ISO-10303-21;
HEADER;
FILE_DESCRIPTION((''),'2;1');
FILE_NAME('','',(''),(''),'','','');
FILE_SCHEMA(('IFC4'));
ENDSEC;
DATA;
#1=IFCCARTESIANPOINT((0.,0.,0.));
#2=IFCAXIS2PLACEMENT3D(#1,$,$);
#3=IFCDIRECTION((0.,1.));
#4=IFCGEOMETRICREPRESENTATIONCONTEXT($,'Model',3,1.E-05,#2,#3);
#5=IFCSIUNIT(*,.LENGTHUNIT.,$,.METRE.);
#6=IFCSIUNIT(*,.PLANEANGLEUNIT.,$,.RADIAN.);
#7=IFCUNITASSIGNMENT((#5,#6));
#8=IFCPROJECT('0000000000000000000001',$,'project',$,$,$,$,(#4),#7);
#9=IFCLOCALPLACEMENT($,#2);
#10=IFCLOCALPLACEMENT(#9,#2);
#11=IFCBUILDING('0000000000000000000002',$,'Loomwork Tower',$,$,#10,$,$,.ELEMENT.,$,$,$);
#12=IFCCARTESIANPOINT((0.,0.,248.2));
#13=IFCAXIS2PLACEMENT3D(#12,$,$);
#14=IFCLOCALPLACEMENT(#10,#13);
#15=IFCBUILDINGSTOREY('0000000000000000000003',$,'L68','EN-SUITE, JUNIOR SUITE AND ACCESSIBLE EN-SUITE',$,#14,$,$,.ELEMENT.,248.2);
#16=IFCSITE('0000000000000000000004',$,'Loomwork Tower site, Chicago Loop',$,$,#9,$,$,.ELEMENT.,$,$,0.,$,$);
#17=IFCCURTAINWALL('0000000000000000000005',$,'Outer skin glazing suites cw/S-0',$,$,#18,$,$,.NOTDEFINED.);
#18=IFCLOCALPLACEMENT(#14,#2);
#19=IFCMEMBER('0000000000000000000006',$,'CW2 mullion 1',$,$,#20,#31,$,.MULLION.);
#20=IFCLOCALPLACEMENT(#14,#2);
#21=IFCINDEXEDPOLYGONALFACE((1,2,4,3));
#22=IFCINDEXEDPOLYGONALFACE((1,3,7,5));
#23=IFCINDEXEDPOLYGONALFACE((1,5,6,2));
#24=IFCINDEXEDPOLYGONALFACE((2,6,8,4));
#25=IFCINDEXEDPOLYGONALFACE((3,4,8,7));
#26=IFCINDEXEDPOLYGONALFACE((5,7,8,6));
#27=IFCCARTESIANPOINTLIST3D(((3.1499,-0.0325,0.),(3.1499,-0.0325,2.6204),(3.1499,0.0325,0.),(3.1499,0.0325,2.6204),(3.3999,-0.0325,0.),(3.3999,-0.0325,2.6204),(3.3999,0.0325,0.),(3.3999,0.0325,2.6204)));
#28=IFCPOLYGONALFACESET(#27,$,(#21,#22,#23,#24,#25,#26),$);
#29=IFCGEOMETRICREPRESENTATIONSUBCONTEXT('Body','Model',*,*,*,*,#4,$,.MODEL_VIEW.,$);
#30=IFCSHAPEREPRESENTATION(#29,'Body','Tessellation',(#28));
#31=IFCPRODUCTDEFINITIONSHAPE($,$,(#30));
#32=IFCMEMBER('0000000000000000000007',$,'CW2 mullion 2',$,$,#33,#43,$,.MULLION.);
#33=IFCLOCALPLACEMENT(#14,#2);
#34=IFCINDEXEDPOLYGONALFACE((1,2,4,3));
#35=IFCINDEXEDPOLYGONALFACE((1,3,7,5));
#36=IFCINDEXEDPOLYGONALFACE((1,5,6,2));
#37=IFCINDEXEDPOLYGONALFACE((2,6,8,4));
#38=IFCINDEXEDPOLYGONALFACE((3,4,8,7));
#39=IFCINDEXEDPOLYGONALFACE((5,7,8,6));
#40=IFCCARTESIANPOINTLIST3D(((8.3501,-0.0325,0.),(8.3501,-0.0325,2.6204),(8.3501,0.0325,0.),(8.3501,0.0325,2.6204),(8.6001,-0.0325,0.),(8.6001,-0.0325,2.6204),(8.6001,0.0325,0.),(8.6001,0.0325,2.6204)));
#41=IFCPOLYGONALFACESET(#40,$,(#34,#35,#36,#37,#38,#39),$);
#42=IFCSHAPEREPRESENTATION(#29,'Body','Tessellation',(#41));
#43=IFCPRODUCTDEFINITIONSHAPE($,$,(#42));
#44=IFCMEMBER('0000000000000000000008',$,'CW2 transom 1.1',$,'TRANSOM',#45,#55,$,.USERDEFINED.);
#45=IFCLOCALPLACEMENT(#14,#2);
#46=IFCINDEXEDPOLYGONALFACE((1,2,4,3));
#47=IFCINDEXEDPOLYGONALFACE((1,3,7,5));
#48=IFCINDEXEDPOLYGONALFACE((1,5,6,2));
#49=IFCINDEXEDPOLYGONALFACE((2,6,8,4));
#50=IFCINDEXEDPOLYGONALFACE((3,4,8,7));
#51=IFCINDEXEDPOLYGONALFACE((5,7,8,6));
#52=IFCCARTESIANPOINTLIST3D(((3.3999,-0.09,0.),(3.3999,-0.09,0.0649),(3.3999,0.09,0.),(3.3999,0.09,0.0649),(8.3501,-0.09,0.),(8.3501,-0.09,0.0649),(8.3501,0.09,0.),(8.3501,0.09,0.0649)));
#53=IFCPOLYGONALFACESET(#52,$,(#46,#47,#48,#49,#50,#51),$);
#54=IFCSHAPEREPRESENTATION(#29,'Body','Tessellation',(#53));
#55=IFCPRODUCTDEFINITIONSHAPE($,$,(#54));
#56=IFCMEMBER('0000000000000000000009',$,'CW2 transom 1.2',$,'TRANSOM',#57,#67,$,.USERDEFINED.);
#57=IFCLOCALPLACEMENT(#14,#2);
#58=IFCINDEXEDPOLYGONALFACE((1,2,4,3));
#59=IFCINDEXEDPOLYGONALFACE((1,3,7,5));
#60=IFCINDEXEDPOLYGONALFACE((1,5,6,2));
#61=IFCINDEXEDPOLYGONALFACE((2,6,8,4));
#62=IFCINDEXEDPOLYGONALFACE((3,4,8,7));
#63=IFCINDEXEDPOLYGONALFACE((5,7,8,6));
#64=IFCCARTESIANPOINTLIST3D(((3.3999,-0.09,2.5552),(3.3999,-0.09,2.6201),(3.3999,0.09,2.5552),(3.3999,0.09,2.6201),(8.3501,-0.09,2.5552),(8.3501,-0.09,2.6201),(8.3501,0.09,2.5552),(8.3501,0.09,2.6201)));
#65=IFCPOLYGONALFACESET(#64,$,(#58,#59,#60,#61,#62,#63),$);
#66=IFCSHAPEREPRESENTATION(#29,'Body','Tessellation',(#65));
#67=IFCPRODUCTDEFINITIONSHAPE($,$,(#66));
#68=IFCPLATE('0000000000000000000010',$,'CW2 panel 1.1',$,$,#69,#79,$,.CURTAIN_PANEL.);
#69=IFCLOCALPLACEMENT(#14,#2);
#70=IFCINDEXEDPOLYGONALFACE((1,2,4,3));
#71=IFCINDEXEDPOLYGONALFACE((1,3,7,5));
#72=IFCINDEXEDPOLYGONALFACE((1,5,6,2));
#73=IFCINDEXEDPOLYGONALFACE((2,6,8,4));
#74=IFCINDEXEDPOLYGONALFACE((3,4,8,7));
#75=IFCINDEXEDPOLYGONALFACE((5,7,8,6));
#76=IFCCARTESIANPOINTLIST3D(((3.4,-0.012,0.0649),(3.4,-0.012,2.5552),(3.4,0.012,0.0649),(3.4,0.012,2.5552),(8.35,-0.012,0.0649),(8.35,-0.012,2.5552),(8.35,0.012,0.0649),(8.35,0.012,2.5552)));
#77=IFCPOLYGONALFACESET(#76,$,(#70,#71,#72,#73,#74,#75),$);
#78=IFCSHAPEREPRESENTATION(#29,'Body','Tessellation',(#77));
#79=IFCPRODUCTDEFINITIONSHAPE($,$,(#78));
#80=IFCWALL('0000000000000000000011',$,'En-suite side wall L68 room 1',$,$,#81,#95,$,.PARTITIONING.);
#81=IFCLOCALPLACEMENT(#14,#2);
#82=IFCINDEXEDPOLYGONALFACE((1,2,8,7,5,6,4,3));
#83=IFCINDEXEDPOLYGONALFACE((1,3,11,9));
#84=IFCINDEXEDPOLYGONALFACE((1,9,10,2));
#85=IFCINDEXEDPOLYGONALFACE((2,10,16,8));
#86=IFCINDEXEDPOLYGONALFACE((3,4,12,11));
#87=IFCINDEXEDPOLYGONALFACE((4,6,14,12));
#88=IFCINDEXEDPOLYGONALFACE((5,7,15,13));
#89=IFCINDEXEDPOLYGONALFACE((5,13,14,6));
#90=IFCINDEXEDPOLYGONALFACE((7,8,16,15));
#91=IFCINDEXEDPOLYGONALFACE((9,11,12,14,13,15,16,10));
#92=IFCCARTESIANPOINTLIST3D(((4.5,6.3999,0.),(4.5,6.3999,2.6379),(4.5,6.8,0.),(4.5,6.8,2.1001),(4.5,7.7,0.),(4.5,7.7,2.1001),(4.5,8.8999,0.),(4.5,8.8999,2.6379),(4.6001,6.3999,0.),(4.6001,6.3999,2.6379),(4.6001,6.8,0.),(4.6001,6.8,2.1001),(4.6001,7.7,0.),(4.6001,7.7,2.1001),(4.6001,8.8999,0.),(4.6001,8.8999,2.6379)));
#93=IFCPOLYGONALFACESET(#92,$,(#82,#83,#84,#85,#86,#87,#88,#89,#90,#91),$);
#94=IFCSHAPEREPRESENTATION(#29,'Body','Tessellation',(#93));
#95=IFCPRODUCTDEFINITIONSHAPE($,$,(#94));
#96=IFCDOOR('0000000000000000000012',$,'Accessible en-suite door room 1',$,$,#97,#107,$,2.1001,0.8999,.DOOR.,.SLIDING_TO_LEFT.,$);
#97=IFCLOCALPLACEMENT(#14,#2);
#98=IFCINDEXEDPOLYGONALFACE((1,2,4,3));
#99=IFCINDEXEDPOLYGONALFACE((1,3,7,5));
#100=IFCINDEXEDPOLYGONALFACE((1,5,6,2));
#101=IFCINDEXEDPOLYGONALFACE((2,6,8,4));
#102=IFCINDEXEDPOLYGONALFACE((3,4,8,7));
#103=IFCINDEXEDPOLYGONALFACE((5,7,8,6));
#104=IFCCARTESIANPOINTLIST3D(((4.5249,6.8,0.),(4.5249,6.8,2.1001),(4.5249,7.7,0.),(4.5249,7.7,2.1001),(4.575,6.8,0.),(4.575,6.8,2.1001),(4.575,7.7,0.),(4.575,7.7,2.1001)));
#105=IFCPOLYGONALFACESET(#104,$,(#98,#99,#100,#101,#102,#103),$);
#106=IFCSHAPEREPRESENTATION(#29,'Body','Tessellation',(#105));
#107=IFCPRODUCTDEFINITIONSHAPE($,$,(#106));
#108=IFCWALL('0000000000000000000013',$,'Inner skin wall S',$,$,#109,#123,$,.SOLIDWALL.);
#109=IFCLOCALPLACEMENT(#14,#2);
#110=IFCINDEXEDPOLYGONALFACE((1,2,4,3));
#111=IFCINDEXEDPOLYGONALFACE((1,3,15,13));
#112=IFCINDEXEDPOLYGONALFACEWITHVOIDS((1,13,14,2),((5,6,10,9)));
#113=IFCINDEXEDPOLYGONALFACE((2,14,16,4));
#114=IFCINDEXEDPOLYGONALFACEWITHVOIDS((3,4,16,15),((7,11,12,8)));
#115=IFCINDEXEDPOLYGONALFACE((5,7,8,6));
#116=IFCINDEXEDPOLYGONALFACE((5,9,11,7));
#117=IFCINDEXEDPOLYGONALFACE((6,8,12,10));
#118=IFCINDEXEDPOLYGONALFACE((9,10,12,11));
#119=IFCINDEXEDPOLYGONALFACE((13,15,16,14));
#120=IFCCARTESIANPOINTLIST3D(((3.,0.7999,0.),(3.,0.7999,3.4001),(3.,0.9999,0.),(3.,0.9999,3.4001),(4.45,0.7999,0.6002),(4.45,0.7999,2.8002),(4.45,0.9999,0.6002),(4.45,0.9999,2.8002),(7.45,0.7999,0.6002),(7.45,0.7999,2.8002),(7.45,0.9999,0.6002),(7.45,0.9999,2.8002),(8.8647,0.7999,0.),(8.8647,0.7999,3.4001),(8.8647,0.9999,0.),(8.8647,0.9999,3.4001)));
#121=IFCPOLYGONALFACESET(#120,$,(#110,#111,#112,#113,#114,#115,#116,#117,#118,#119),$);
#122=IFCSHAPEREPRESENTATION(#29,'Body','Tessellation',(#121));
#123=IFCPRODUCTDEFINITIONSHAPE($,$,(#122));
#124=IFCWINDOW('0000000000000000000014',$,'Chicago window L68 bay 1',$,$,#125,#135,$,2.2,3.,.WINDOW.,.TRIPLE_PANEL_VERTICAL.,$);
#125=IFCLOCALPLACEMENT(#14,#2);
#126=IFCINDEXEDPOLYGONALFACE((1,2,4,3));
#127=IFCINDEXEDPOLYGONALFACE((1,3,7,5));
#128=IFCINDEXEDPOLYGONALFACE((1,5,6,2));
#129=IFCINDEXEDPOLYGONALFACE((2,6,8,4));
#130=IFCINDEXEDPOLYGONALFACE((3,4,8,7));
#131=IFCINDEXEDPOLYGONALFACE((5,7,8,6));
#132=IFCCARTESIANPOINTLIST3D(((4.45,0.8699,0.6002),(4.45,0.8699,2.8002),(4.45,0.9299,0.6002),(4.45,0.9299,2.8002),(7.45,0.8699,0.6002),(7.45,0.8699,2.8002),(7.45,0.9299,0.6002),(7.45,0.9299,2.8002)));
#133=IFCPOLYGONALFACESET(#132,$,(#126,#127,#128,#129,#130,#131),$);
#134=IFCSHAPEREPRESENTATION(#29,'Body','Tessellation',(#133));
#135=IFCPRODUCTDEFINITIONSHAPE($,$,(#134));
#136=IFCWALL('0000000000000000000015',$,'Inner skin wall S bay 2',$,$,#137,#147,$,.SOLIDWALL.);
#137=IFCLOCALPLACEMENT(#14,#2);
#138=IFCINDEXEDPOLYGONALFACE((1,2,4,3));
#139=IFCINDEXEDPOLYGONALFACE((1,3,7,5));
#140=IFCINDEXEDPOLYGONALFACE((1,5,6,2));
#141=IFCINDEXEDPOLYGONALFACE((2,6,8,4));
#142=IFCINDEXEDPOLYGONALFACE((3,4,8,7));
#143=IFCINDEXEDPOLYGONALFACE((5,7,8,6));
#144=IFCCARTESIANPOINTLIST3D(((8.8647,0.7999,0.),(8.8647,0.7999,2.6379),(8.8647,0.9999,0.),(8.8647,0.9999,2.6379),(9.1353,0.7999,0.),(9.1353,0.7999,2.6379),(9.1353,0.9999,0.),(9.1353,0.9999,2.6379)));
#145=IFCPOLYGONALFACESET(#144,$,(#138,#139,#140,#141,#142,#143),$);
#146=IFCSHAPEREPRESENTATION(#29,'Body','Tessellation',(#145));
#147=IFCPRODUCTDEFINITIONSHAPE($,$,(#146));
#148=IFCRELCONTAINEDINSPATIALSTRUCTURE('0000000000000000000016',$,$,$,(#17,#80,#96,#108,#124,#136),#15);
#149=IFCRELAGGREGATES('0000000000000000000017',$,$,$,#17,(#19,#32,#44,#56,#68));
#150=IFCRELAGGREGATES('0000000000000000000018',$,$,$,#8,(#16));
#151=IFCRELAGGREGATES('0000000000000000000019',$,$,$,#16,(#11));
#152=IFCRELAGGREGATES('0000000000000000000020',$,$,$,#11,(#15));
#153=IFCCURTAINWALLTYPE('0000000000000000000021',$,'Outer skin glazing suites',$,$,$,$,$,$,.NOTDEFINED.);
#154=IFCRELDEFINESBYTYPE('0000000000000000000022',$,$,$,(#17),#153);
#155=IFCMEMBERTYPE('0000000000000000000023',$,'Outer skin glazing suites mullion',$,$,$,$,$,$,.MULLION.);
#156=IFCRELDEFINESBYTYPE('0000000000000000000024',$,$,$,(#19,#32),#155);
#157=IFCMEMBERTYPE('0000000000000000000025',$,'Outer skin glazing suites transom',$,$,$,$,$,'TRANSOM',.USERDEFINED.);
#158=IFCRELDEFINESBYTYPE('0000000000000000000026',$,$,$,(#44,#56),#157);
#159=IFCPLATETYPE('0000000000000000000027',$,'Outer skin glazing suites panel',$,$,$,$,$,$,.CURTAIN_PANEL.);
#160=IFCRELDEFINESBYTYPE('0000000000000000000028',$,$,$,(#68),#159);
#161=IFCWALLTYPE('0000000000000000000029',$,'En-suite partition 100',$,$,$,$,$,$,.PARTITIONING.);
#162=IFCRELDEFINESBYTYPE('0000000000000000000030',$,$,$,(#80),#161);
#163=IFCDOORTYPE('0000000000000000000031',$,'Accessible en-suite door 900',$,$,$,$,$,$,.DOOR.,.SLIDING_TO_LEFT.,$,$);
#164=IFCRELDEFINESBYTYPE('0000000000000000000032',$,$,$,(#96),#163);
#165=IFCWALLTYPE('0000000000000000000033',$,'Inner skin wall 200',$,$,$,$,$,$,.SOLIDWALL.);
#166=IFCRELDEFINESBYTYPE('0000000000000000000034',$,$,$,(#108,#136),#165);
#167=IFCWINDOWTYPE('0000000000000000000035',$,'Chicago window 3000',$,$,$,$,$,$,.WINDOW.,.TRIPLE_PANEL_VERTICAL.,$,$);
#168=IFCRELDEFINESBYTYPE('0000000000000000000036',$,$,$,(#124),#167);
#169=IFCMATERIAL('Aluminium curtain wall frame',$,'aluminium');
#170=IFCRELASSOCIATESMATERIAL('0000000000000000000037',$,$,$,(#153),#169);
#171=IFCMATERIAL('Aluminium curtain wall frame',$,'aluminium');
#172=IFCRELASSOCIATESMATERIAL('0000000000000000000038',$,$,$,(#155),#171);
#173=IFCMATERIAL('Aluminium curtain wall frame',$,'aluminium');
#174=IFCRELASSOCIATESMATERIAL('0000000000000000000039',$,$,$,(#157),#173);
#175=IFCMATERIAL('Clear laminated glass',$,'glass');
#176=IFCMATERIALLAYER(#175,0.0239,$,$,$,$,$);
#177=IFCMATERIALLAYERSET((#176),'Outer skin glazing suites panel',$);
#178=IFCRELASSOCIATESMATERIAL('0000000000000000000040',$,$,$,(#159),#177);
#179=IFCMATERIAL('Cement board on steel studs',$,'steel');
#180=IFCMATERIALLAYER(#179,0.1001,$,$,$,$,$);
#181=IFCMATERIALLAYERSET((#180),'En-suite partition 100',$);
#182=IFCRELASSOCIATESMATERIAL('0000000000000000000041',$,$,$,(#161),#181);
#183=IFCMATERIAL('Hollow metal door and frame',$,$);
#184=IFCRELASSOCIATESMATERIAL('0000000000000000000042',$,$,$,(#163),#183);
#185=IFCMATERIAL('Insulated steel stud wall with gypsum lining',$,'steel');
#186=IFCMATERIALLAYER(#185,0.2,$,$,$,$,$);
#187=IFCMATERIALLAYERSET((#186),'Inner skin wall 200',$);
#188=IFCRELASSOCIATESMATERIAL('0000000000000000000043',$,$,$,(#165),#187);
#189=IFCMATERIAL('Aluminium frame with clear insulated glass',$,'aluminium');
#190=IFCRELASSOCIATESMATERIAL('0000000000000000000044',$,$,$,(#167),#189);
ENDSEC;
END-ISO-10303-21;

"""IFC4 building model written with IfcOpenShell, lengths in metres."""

from ifc_helpers import new_model, si_unit, direction, frame, frame_2d, origin, origin_2d, place, context, subcontext, project, spatial, rectangle, extrude, material, layer, layer_set, material_profile, profile_set, type_object, element, fill, aggregate, save


model = new_model("IFC4")

# Units and contexts
model_context = context("Model", 3, precision=1e-05, world=origin(), true_north=direction((0.0, 1.0)))
body_context = subcontext(model_context, "Body", "Model", "MODEL_VIEW")
ifc_project = project(units=[si_unit("LENGTHUNIT", "METRE"), si_unit("PLANEANGLEUNIT", "RADIAN")], contexts=[model_context])

# Site, building, storey
site_placement = place(None, origin())
site = spatial("IfcSite", under=ifc_project, at=site_placement, Name="Loomwork Tower site, Chicago Loop", CompositionType="ELEMENT", RefElevation=0.0)
building_placement = place(site_placement, origin())
building = spatial("IfcBuilding", under=site, at=building_placement, Name="Loomwork Tower", CompositionType="ELEMENT")
storey_placement = place(building_placement, frame((0.0, 0.0, 248.2)))
storey = spatial("IfcBuildingStorey", under=building, at=storey_placement, Name="L68", Description="EN-SUITE, JUNIOR SUITE AND ACCESSIBLE EN-SUITE", CompositionType="ELEMENT", Elevation=248.2)

# Curtain wall, members, plate
ifc_material_1 = material(Name="Aluminium curtain wall frame", Category="aluminium")
curtain_wall_type = type_object("IfcCurtainWallType", Name="Outer skin glazing suites", PredefinedType="NOTDEFINED", material=ifc_material_1)
curtain_wall_placement = place(storey_placement, origin())
curtain_wall = element("IfcCurtainWall", 1, at=curtain_wall_placement, inside=storey, type_object=curtain_wall_type, Name="Outer skin glazing suites cw/S-0", PredefinedType="NOTDEFINED")
ifc_material_2 = material(Name="Aluminium curtain wall frame", Category="aluminium")
ifc_material_profile_1 = material_profile(ifc_material_2, rectangle(XDim=0.0649, YDim=0.25, at=origin_2d()), Name="AL 65x250")
ifc_profile_set_1 = profile_set([ifc_material_profile_1], Name="Aluminium curtain wall frame")
member_type_1 = type_object("IfcMemberType", Name="Outer skin glazing suites mullion", PredefinedType="MULLION", material=ifc_profile_set_1)
member_1_placement = place(storey_placement, frame((3.2749, 0.0, 0.0), z_axis=(0.0, 0.0, 1.0), x_axis=(0.0, 1.0, 0.0)))
member_1 = element("IfcMember", 2, at=member_1_placement, type_object=member_type_1, Name="CW2 mullion 1", PredefinedType="MULLION", context=body_context, shape_type="SweptSolid", body=[
    extrude(rectangle(XDim=0.0649, YDim=0.25, at=origin_2d()), origin(), (0.0, 0.0, 1.0), 2.6204),
])
member_2_placement = place(storey_placement, frame((8.4751, 0.0, 0.0), z_axis=(0.0, 0.0, 1.0), x_axis=(0.0, 1.0, 0.0)))
member_2 = element("IfcMember", 3, at=member_2_placement, type_object=member_type_1, Name="CW2 mullion 2", PredefinedType="MULLION", context=body_context, shape_type="SweptSolid", body=[
    extrude(rectangle(XDim=0.0649, YDim=0.25, at=origin_2d()), origin(), (0.0, 0.0, 1.0), 2.6204),
])
ifc_material_3 = material(Name="Aluminium curtain wall frame", Category="aluminium")
ifc_material_profile_2 = material_profile(ifc_material_3, rectangle(XDim=0.1799, YDim=0.0649, at=origin_2d()), Name="AL 65x180")
ifc_profile_set_2 = profile_set([ifc_material_profile_2], Name="Aluminium curtain wall frame")
member_type_2 = type_object("IfcMemberType", Name="Outer skin glazing suites transom", ElementType="TRANSOM", PredefinedType="USERDEFINED", material=ifc_profile_set_2)
member_3_placement = place(storey_placement, frame((3.3999, 0.0, 0.0325), z_axis=(1.0, 0.0, 0.0), x_axis=(0.0, 1.0, 0.0)))
member_3 = element("IfcMember", 4, at=member_3_placement, type_object=member_type_2, Name="CW2 transom 1.1", ObjectType="TRANSOM", PredefinedType="USERDEFINED", context=body_context, shape_type="SweptSolid", body=[
    extrude(rectangle(XDim=0.1799, YDim=0.0649, at=origin_2d()), origin(), (0.0, 0.0, 1.0), 4.9502),
])
member_4_placement = place(storey_placement, frame((3.3999, 0.0, 2.5876), z_axis=(1.0, 0.0, 0.0), x_axis=(0.0, 1.0, 0.0)))
member_4 = element("IfcMember", 5, at=member_4_placement, type_object=member_type_2, Name="CW2 transom 1.2", ObjectType="TRANSOM", PredefinedType="USERDEFINED", context=body_context, shape_type="SweptSolid", body=[
    extrude(rectangle(XDim=0.1799, YDim=0.0649, at=origin_2d()), origin(), (0.0, 0.0, 1.0), 4.9502),
])
ifc_material_4 = material(Name="Clear laminated glass", Category="glass")
ifc_layer_1 = layer(ifc_material_4, 0.0239)
ifc_layer_set_1 = layer_set([ifc_layer_1], Name="Outer skin glazing suites panel")
plate_type = type_object("IfcPlateType", Name="Outer skin glazing suites panel", PredefinedType="CURTAIN_PANEL", material=ifc_layer_set_1)
plate_placement = place(storey_placement, frame((5.875, 0.0, 0.0649), z_axis=(0.0, 0.0, 1.0), x_axis=(1.0, 0.0, 0.0)))
plate = element("IfcPlate", 6, at=plate_placement, type_object=plate_type, Name="CW2 panel 1.1", PredefinedType="CURTAIN_PANEL", context=body_context, shape_type="SweptSolid", body=[
    extrude(rectangle(XDim=4.95, YDim=0.0239, at=origin_2d()), origin(), (0.0, 0.0, 1.0), 2.4902),
])
aggregate(curtain_wall, [member_1, member_2, member_3, member_4, plate])

# Wall, opening, door
ifc_material_5 = material(Name="Cement board on steel studs", Category="steel")
ifc_layer_2 = layer(ifc_material_5, 0.1001)
ifc_layer_set_2 = layer_set([ifc_layer_2], Name="En-suite partition 100")
wall_type_1 = type_object("IfcWallType", Name="En-suite partition 100", PredefinedType="PARTITIONING", material=ifc_layer_set_2)
wall_1_placement = place(storey_placement, frame((4.55, 8.8999, 0.0), z_axis=(0.0, 0.0, 1.0), x_axis=(0.0, -1.0, 0.0)))
wall_1 = element("IfcWall", 7, at=wall_1_placement, inside=storey, type_object=wall_type_1, Name="En-suite side wall L68 room 1", PredefinedType="PARTITIONING", context=body_context, shape_type="SweptSolid", body=[
    extrude(rectangle(XDim=2.5, YDim=0.1001, at=frame_2d((1.25, 0.0))), origin(), (0.0, 0.0, 1.0), 2.6379),
])
opening_1_placement = place(wall_1_placement, frame((1.2, 0.0, 0.0)))
opening_1 = element("IfcOpeningElement", 8, at=opening_1_placement, cuts=wall_1, PredefinedType="OPENING", context=body_context, shape_type="SweptSolid", body=[
    extrude(rectangle(XDim=0.8999, YDim=2.1001, at=frame_2d((0.45, 1.05))), frame((0.0, 0.0601, 0.0), z_axis=(0.0, -1.0, 0.0), x_axis=(1.0, 0.0, 0.0)), (0.0, 0.0, 1.0), 0.1201),
])
ifc_material_6 = material(Name="Hollow metal door and frame")
door_type = type_object("IfcDoorType", Name="Accessible en-suite door 900", OperationType="SLIDING_TO_LEFT", PredefinedType="DOOR", material=ifc_material_6)
door_placement = place(opening_1_placement, origin())
door = element("IfcDoor", 9, at=door_placement, inside=storey, type_object=door_type, Name="Accessible en-suite door room 1", OperationType="SLIDING_TO_LEFT", OverallHeight=2.1001, OverallWidth=0.8999, PredefinedType="DOOR", context=body_context, shape_type="SweptSolid", body=[
    extrude(rectangle(XDim=0.8999, YDim=2.1001, at=frame_2d((0.45, 1.05))), frame((0.0, 0.0249, 0.0), z_axis=(0.0, -1.0, 0.0), x_axis=(1.0, 0.0, 0.0)), (0.0, 0.0, 1.0), 0.05),
])
fill(opening_1, door)

# Wall, opening, window
ifc_material_7 = material(Name="Insulated steel stud wall with gypsum lining", Category="steel")
ifc_layer_3 = layer(ifc_material_7, 0.2)
ifc_layer_set_3 = layer_set([ifc_layer_3], Name="Inner skin wall 200")
wall_type_2 = type_object("IfcWallType", Name="Inner skin wall 200", PredefinedType="SOLIDWALL", material=ifc_layer_set_3)
wall_2_placement = place(storey_placement, frame((3.0, 0.8999, 0.0), z_axis=(0.0, 0.0, 1.0), x_axis=(1.0, 0.0, 0.0)))
wall_2 = element("IfcWall", 10, at=wall_2_placement, inside=storey, type_object=wall_type_2, Name="Inner skin wall S", PredefinedType="SOLIDWALL", context=body_context, shape_type="SweptSolid", body=[
    extrude(rectangle(XDim=5.8647, YDim=0.2, at=frame_2d((2.9324, 0.0))), origin(), (0.0, 0.0, 1.0), 3.4001),
])
opening_2_placement = place(wall_2_placement, frame((1.45, 0.0, 0.6001)))
opening_2 = element("IfcOpeningElement", 11, at=opening_2_placement, cuts=wall_2, PredefinedType="OPENING", context=body_context, shape_type="SweptSolid", body=[
    extrude(rectangle(XDim=3.0, YDim=2.2, at=frame_2d((1.5, 1.1001))), frame((0.0, 0.1099, 0.0), z_axis=(0.0, -1.0, 0.0), x_axis=(1.0, 0.0, 0.0)), (0.0, 0.0, 1.0), 0.22),
])
ifc_material_8 = material(Name="Aluminium frame with clear insulated glass", Category="aluminium")
window_type_1 = type_object("IfcWindowType", Name="Chicago window 3000", PartitioningType="TRIPLE_PANEL_VERTICAL", PredefinedType="WINDOW", material=ifc_material_8)
window_1_placement = place(opening_2_placement, origin())
window_1 = element("IfcWindow", 12, at=window_1_placement, inside=storey, type_object=window_type_1, Name="Chicago window L68 bay 1", OverallHeight=2.2, OverallWidth=3.0, PartitioningType="TRIPLE_PANEL_VERTICAL", PredefinedType="WINDOW", context=body_context, shape_type="SweptSolid", body=[
    extrude(rectangle(XDim=3.0, YDim=2.2, at=frame_2d((1.5, 1.1001))), frame((0.0, 0.03, 0.0), z_axis=(0.0, -1.0, 0.0), x_axis=(1.0, 0.0, 0.0)), (0.0, 0.0, 1.0), 0.0601),
])
fill(opening_2, window_1)

# Wall
wall_3_placement = place(storey_placement, frame((8.8647, 0.8999, 0.0), z_axis=(0.0, 0.0, 1.0), x_axis=(1.0, 0.0, 0.0)))
element("IfcWall", 13, at=wall_3_placement, inside=storey, type_object=wall_type_2, Name="Inner skin wall S bay 2", PredefinedType="SOLIDWALL", context=body_context, shape_type="SweptSolid", body=[
    extrude(rectangle(XDim=0.2705, YDim=0.2, at=frame_2d((0.1353, 0.0))), origin(), (0.0, 0.0, 1.0), 2.6379),
])

save(model, "model.ifc")
